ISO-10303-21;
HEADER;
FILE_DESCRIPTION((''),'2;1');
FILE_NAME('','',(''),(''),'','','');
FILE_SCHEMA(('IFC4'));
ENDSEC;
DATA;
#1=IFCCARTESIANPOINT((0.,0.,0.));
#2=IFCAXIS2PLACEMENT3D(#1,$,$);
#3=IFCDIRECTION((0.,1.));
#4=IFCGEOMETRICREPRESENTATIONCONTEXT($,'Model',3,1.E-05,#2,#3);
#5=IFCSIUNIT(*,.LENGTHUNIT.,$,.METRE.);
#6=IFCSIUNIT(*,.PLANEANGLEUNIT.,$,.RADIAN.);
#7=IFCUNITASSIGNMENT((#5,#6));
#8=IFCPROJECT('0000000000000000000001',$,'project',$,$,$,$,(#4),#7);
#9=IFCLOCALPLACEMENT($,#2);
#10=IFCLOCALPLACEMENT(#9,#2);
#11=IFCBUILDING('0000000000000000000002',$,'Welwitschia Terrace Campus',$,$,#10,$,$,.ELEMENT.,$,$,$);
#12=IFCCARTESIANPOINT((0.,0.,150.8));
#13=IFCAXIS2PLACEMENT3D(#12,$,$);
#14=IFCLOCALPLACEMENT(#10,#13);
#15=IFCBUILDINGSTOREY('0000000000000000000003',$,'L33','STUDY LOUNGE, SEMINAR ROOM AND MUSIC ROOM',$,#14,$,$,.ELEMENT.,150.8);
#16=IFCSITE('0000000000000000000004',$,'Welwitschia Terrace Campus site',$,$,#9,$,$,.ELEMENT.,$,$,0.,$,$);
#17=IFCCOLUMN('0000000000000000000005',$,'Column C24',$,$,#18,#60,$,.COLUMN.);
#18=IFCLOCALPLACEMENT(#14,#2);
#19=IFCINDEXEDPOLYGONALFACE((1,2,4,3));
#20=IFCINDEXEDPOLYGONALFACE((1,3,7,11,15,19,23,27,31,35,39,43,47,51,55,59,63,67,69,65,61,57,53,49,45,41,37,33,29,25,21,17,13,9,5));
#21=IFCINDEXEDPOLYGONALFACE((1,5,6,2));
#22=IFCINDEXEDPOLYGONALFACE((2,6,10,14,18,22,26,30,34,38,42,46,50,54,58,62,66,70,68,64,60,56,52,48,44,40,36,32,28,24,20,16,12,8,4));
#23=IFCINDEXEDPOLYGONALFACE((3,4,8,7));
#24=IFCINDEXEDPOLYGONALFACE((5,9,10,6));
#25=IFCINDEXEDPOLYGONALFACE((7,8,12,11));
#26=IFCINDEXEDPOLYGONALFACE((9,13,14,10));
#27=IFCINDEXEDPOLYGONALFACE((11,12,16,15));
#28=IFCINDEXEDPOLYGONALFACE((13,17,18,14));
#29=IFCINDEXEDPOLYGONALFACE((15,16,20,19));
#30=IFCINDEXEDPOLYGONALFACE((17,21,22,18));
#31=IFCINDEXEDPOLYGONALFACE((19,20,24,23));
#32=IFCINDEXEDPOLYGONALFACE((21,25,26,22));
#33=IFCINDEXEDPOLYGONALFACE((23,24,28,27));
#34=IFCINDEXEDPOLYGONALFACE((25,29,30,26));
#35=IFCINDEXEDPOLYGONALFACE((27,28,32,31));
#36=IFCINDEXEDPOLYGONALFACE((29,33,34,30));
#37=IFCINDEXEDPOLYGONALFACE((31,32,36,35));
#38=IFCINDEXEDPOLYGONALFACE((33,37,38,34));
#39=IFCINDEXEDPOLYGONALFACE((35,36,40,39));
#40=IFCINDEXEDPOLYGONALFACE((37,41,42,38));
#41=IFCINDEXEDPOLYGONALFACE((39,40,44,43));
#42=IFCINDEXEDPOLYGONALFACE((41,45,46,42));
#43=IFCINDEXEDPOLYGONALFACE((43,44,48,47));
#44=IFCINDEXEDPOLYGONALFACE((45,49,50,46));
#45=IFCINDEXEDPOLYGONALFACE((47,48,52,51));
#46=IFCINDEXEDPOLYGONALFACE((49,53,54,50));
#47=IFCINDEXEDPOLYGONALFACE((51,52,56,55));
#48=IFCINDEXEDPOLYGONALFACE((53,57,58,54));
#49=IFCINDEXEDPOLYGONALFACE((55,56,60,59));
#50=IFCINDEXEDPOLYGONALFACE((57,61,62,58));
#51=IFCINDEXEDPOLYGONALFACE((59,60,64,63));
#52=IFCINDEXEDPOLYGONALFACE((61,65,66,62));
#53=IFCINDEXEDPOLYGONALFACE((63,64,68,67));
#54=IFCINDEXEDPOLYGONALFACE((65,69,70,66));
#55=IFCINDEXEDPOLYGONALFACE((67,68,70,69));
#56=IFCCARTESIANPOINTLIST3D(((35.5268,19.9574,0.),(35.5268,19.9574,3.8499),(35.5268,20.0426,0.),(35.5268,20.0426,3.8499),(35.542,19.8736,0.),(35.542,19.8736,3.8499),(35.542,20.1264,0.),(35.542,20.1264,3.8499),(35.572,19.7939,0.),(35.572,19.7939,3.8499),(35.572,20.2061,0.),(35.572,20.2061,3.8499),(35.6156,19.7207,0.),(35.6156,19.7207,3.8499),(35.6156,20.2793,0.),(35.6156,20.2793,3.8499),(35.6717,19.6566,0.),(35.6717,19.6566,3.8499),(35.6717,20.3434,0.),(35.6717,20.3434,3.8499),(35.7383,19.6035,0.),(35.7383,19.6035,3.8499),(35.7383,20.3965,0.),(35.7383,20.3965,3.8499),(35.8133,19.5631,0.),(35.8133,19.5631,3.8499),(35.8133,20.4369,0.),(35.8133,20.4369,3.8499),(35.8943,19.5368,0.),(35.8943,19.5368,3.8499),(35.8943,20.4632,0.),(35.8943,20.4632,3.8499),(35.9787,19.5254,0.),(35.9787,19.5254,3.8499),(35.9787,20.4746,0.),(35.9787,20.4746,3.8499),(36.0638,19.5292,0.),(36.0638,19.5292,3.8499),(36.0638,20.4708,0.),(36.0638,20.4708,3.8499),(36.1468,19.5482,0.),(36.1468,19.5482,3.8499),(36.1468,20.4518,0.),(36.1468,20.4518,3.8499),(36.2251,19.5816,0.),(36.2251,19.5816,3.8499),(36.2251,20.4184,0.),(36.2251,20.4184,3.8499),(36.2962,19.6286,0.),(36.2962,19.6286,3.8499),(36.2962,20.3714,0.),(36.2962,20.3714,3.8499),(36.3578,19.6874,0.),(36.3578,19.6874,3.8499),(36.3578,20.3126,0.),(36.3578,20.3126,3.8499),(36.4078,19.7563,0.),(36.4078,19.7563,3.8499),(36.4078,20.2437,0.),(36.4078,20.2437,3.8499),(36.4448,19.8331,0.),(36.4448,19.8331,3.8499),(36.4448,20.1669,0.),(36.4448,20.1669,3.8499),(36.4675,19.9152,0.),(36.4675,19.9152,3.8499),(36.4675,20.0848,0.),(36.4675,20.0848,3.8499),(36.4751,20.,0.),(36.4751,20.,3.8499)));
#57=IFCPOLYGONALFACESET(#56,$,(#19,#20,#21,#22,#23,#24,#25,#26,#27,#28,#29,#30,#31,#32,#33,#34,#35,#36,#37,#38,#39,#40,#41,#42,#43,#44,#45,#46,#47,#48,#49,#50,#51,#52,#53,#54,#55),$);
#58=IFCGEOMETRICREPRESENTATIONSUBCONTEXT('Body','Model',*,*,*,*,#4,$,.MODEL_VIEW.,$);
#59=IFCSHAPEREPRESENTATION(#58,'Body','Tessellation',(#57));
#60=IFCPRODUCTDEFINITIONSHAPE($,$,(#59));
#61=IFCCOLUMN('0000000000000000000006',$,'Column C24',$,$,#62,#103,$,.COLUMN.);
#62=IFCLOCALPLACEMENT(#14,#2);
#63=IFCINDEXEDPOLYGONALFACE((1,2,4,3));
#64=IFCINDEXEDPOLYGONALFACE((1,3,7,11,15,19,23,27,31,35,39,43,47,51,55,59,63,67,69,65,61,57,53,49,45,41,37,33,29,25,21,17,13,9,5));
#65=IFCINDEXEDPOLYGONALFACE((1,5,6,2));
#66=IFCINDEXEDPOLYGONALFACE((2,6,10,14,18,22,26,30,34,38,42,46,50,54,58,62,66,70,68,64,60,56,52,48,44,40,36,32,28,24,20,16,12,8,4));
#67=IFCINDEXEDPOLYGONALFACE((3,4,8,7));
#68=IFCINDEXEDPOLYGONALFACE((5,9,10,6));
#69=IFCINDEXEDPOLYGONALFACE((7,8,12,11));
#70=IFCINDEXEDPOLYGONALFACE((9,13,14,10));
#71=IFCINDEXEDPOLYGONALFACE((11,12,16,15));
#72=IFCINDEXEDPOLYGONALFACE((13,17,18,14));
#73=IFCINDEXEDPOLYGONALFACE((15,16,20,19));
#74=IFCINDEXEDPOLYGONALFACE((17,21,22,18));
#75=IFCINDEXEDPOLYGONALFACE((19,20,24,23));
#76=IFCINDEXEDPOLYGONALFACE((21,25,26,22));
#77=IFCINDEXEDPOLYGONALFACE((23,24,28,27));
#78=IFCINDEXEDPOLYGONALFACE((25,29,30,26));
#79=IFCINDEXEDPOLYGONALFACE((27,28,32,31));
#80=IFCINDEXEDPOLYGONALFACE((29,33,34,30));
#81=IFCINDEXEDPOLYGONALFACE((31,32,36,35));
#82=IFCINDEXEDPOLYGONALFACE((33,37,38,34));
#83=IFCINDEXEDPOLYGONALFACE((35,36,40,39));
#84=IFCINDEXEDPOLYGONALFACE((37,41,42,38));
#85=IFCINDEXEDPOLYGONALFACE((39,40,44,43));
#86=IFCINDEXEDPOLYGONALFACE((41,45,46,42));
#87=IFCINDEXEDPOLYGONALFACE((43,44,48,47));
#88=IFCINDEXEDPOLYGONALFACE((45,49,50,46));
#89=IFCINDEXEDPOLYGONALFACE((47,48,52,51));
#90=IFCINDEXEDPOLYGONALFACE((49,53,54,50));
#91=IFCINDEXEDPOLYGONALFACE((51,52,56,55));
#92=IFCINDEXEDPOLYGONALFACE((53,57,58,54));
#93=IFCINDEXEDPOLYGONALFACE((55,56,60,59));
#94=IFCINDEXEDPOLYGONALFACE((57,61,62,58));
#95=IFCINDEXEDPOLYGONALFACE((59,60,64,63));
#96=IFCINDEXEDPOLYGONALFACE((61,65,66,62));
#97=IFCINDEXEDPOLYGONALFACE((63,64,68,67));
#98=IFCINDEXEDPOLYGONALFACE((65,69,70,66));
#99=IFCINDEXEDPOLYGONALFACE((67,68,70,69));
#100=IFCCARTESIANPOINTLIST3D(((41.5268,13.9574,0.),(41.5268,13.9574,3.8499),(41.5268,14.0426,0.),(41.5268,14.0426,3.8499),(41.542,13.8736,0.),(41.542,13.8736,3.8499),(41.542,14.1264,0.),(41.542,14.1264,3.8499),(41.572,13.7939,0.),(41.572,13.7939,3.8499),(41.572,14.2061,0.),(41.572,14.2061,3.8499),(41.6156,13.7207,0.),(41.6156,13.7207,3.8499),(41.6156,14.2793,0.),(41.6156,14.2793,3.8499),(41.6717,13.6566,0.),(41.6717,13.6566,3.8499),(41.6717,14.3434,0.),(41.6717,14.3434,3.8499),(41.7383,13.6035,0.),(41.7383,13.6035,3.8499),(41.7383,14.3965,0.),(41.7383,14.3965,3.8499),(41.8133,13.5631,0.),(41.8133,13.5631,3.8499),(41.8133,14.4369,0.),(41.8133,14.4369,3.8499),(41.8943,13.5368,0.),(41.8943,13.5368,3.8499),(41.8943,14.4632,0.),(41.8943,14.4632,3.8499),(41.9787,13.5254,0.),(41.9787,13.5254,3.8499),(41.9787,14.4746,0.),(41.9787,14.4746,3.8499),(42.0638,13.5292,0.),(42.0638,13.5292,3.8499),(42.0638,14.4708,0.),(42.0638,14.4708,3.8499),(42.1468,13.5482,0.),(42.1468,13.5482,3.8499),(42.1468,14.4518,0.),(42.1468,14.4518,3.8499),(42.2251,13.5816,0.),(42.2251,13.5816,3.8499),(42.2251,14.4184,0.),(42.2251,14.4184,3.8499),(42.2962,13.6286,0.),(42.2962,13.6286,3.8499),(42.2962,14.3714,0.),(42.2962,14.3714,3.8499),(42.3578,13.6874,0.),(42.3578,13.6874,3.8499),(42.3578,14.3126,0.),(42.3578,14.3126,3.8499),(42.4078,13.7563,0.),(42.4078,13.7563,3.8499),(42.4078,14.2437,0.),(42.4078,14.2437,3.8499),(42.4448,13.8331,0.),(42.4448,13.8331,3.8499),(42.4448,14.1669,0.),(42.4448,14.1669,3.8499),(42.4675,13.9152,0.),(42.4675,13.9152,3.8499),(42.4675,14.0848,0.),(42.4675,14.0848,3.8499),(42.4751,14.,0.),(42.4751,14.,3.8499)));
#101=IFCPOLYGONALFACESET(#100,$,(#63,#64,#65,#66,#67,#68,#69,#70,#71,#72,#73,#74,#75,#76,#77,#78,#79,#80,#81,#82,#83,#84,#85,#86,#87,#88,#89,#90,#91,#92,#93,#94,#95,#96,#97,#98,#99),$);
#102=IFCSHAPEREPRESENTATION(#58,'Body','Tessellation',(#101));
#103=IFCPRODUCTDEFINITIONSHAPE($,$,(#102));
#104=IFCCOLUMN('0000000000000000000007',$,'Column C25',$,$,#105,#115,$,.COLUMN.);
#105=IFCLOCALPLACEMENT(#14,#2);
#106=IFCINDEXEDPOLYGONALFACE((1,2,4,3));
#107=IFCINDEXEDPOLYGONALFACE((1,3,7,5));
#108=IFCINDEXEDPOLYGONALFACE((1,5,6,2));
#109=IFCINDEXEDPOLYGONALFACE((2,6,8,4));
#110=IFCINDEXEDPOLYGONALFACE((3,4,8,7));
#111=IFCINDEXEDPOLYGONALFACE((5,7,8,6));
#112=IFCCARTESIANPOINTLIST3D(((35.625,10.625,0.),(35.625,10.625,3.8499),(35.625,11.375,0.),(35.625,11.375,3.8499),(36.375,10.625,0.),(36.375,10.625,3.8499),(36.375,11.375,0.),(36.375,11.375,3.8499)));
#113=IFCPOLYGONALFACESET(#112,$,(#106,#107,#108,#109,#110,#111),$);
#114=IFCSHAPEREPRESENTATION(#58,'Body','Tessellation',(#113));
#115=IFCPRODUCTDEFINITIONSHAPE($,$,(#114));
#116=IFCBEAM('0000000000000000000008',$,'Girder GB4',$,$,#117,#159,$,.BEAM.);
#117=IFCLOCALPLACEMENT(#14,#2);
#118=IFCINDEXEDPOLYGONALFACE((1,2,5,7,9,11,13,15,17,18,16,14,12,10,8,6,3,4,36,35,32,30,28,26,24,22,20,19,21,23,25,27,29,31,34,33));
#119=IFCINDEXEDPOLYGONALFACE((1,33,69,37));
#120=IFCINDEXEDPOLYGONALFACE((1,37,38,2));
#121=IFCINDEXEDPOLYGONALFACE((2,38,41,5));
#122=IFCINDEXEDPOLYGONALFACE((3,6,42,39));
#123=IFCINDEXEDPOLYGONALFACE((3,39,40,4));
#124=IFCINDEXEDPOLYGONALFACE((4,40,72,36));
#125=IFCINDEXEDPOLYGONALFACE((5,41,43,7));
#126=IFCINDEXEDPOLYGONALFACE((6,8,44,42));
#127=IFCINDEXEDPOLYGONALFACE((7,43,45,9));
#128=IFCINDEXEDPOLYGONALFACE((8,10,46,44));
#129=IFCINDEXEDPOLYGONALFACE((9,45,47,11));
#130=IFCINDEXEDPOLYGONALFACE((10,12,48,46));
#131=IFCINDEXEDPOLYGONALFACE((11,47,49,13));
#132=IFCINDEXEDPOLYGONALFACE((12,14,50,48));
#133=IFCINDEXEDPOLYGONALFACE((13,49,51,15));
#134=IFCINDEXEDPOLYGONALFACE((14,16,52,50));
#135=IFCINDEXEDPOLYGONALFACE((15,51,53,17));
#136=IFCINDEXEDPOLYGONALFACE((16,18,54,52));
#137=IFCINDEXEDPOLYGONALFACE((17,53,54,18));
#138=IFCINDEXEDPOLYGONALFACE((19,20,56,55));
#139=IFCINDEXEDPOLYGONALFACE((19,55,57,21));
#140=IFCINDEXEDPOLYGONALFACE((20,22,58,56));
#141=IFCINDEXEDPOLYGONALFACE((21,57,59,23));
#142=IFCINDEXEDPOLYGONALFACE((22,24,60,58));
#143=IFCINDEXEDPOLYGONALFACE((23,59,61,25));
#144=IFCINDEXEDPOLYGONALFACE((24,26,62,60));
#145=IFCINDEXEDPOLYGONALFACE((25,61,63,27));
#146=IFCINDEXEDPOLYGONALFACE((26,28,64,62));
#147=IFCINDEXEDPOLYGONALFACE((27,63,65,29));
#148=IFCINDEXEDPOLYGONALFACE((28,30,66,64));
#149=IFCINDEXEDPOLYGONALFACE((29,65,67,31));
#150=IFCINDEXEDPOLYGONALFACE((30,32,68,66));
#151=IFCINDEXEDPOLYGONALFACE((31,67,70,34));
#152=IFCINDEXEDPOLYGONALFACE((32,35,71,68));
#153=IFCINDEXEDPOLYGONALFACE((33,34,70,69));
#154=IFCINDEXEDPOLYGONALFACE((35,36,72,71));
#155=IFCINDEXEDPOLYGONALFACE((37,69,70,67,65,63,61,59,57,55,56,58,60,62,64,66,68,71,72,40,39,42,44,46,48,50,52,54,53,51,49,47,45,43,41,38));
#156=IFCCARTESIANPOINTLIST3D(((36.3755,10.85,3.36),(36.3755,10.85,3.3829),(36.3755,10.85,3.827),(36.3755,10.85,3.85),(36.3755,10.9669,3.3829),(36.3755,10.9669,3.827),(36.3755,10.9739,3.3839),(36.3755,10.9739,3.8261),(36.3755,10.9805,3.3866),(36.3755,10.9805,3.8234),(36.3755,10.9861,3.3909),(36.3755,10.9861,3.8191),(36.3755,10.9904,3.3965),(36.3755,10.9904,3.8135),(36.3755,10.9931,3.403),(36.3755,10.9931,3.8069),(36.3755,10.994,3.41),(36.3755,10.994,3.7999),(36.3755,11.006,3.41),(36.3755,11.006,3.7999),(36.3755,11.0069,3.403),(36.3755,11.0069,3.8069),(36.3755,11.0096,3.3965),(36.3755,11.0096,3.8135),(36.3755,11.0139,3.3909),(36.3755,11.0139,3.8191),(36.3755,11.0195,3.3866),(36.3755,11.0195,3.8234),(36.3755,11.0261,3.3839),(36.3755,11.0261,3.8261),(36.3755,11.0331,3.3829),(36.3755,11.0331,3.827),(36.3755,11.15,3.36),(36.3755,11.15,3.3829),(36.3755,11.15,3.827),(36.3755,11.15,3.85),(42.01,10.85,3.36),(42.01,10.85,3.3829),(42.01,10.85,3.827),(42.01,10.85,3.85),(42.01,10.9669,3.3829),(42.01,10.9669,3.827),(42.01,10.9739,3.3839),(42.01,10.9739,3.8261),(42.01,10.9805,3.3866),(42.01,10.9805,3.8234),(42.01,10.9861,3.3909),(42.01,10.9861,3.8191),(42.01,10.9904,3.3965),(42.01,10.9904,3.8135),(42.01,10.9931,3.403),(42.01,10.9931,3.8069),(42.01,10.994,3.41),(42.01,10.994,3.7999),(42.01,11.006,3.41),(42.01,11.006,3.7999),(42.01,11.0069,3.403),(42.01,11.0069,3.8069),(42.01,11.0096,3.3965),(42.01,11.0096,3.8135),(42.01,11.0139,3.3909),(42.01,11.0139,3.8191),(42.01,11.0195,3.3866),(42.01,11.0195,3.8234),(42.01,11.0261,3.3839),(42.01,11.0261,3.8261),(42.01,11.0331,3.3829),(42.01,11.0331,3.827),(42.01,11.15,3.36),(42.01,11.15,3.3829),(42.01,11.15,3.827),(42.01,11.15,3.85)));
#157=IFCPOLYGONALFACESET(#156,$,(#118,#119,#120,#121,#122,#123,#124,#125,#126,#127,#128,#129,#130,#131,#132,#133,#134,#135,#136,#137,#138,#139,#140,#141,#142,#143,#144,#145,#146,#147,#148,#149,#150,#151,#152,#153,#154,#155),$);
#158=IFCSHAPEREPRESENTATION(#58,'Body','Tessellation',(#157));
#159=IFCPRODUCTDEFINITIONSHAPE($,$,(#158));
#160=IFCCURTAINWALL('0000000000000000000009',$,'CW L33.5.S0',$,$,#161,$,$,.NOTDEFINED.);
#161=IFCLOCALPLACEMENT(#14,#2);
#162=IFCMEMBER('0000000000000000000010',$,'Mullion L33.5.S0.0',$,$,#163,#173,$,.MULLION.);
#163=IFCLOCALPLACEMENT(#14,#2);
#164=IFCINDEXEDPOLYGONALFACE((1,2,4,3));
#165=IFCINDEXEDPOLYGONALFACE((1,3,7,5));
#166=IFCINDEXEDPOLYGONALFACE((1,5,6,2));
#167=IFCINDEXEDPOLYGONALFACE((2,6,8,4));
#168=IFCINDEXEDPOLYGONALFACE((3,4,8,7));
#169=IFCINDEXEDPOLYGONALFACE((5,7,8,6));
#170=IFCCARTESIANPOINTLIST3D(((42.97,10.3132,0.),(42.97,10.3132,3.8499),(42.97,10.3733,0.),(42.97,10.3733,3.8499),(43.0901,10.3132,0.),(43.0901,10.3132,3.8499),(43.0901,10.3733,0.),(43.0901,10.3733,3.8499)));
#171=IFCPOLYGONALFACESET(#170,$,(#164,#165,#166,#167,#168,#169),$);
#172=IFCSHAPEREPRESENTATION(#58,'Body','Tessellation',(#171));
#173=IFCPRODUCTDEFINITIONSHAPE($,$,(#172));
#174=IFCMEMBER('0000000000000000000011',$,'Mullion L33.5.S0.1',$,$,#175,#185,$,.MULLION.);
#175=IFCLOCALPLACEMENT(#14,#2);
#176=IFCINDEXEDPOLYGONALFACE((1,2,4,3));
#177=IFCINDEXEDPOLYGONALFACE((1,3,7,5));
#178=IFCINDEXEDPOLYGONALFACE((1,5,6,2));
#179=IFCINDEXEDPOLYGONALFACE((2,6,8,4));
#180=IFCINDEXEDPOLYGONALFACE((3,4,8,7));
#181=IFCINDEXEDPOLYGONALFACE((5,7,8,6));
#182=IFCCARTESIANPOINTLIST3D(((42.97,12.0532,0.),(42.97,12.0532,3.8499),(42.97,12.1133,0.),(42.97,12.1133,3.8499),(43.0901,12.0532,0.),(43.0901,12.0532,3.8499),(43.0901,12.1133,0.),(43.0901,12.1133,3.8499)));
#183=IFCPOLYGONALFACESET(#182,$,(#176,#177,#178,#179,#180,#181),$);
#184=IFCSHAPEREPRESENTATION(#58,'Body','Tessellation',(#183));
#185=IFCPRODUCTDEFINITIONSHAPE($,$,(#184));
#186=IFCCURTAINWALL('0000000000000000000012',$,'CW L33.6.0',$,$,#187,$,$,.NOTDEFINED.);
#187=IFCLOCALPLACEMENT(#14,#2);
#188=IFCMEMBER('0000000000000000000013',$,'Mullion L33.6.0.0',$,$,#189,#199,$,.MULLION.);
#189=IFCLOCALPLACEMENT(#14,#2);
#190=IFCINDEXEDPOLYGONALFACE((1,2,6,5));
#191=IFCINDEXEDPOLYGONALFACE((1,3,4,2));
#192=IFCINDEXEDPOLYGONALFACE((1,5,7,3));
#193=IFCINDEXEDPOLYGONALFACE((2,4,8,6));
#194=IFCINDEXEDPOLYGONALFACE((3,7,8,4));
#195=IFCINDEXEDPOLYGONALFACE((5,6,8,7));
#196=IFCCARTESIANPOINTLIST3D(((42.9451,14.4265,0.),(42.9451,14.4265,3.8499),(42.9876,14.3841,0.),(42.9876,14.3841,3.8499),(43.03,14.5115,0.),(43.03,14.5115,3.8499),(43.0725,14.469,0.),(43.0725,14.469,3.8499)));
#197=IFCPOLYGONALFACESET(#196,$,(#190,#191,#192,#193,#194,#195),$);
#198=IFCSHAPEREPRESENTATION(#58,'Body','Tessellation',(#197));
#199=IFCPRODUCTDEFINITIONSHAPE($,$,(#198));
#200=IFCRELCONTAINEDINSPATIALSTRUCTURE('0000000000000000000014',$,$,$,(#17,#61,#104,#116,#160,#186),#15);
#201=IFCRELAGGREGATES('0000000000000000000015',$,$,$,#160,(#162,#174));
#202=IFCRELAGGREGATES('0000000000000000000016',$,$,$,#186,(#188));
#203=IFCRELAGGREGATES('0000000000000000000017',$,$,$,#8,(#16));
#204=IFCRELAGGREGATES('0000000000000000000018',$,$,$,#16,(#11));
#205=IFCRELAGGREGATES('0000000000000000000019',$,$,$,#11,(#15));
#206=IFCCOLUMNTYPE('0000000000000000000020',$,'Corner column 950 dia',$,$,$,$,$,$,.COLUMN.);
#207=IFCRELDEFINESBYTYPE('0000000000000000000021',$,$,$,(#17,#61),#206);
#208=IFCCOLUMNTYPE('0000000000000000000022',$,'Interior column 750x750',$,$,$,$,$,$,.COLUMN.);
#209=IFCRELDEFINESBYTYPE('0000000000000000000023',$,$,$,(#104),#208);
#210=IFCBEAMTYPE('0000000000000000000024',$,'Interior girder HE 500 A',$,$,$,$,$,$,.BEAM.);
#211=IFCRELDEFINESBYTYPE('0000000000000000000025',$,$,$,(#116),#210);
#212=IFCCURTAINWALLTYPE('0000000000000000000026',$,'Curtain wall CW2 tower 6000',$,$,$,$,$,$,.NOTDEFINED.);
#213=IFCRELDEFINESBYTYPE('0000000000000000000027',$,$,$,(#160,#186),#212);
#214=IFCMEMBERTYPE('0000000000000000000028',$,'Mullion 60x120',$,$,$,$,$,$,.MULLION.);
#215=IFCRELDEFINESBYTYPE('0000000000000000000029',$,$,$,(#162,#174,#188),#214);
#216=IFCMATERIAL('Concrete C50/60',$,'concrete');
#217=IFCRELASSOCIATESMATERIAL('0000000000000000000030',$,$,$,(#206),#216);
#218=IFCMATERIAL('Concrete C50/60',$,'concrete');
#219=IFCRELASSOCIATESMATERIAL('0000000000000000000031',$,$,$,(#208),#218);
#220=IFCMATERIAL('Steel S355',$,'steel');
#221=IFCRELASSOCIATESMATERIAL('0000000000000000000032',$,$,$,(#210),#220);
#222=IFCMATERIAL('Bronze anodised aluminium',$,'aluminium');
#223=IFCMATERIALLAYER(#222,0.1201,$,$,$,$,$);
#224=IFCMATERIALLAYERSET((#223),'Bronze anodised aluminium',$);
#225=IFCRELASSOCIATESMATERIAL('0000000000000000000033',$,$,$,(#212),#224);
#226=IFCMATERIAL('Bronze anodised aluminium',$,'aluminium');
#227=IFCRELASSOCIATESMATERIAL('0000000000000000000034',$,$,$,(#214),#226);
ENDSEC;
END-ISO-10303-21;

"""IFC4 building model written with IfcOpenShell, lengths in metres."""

from ifc_helpers import new_model, si_unit, direction, frame, origin, origin_2d, place, context, subcontext, project, spatial, rectangle, circle, i_section, extrude, material, layer, layer_set, material_profile, profile_set, type_object, element, aggregate, save


model = new_model("IFC4")

# Units and contexts
model_context = context("Model", 3, precision=1e-05, world=origin(), true_north=direction((0.0, 1.0)))
body_context = subcontext(model_context, "Body", "Model", "MODEL_VIEW")
ifc_project = project(units=[si_unit("LENGTHUNIT", "METRE"), si_unit("PLANEANGLEUNIT", "RADIAN")], contexts=[model_context])

# Site, building, storey
site_placement = place(None, origin())
site = spatial("IfcSite", under=ifc_project, at=site_placement, Name="Welwitschia Terrace Campus site", CompositionType="ELEMENT", RefElevation=0.0)
building_placement = place(site_placement, origin())
building = spatial("IfcBuilding", under=site, at=building_placement, Name="Welwitschia Terrace Campus", CompositionType="ELEMENT")
storey_placement = place(building_placement, frame((0.0, 0.0, 150.8)))
storey = spatial("IfcBuildingStorey", under=building, at=storey_placement, Name="L33", Description="STUDY LOUNGE, SEMINAR ROOM AND MUSIC ROOM", CompositionType="ELEMENT", Elevation=150.8)

# Columns
ifc_material_1 = material(Name="Concrete C50/60", Category="concrete")
ifc_material_profile_1 = material_profile(ifc_material_1, circle(Radius=0.4751, at=origin_2d()))
ifc_profile_set_1 = profile_set([ifc_material_profile_1], Name="Concrete C50/60")
column_type_1 = type_object("IfcColumnType", Name="Corner column 950 dia", PredefinedType="COLUMN", material=ifc_profile_set_1)
for number, where, z_axis, x_axis, name in (
    (1, (36.0, 20.0, 0.0), (0.0, 0.0, 1.0), (1.0, 0.0, 0.0), "Column C24"),
    (2, (42.0, 14.0, 0.0), (0.0, 0.0, 1.0), (1.0, 0.0, 0.0), "Column C24"),
):
    element("IfcColumn", number, at=place(storey_placement, frame(where, z_axis=z_axis, x_axis=x_axis)), inside=storey, type_object=column_type_1, Name=name, PredefinedType="COLUMN", context=body_context, shape_type="SweptSolid", body=[
        extrude(circle(Radius=0.4751, at=origin_2d()), origin(), (0.0, 0.0, 1.0), 3.8499),
    ])
ifc_material_2 = material(Name="Concrete C50/60", Category="concrete")
ifc_material_profile_2 = material_profile(ifc_material_2, rectangle(XDim=0.75, YDim=0.75, at=origin_2d()))
ifc_profile_set_2 = profile_set([ifc_material_profile_2], Name="Concrete C50/60")
column_type_2 = type_object("IfcColumnType", Name="Interior column 750x750", PredefinedType="COLUMN", material=ifc_profile_set_2)
column_placement = place(storey_placement, frame((36.0, 11.0, 0.0), z_axis=(0.0, 0.0, 1.0), x_axis=(1.0, 0.0, 0.0)))
element("IfcColumn", 3, at=column_placement, inside=storey, type_object=column_type_2, Name="Column C25", PredefinedType="COLUMN", context=body_context, shape_type="SweptSolid", body=[
    extrude(rectangle(XDim=0.75, YDim=0.75, at=origin_2d()), origin(), (0.0, 0.0, 1.0), 3.8499),
])

# Beam
ifc_material_3 = material(Name="Steel S355", Category="steel")
ifc_material_profile_3 = material_profile(ifc_material_3, i_section(OverallWidth=0.3, OverallDepth=0.49, WebThickness=0.012, FlangeThickness=0.0229, FilletRadius=0.0271, at=origin_2d()))
ifc_profile_set_3 = profile_set([ifc_material_profile_3], Name="Steel S355")
beam_type_1 = type_object("IfcBeamType", Name="Interior girder HE 500 A", PredefinedType="BEAM", material=ifc_profile_set_3)
beam_1_placement = place(storey_placement, frame((36.3755, 11.0, 3.605), z_axis=(1.0, 0.0, 0.0), x_axis=(0.0, 1.0, 0.0)))
element("IfcBeam", 4, at=beam_1_placement, inside=storey, type_object=beam_type_1, Name="Girder GB4", PredefinedType="BEAM", context=body_context, shape_type="SweptSolid", body=[
    extrude(i_section(OverallWidth=0.3, OverallDepth=0.49, WebThickness=0.012, FlangeThickness=0.0229, FilletRadius=0.0271, at=origin_2d()), origin(), (0.0, 0.0, 1.0), 5.6345),
])

# Curtain walls, members
ifc_material_4 = material(Name="Bronze anodised aluminium", Category="aluminium")
ifc_layer_1 = layer(ifc_material_4, 0.1201)
ifc_layer_set_1 = layer_set([ifc_layer_1], Name="Bronze anodised aluminium")
curtain_wall_type = type_object("IfcCurtainWallType", Name="Curtain wall CW2 tower 6000", PredefinedType="NOTDEFINED", material=ifc_layer_set_1)
curtain_wall_1_placement = place(storey_placement, origin())
curtain_wall_1 = element("IfcCurtainWall", 5, at=curtain_wall_1_placement, inside=storey, type_object=curtain_wall_type, Name="CW L33.5.S0", PredefinedType="NOTDEFINED")
ifc_material_5 = material(Name="Bronze anodised aluminium", Category="aluminium")
ifc_material_profile_4 = material_profile(ifc_material_5, rectangle(XDim=0.1201, YDim=0.0601, at=origin_2d()))
ifc_profile_set_4 = profile_set([ifc_material_profile_4], Name="Bronze anodised aluminium")
member_type_1 = type_object("IfcMemberType", Name="Mullion 60x120", PredefinedType="MULLION", material=ifc_profile_set_4)
member_1_placement = place(storey_placement, frame((43.03, 10.3433, 0.0), z_axis=(0.0, 0.0, 1.0), x_axis=(-1.0, 0.0, 0.0)))
member_1 = element("IfcMember", 6, at=member_1_placement, type_object=member_type_1, Name="Mullion L33.5.S0.0", PredefinedType="MULLION", context=body_context, shape_type="SweptSolid", body=[
    extrude(rectangle(XDim=0.1201, YDim=0.0601, at=origin_2d()), origin(), (0.0, 0.0, 1.0), 3.8499),
])
member_2_placement = place(storey_placement, frame((43.03, 12.0833, 0.0), z_axis=(0.0, 0.0, 1.0), x_axis=(-1.0, 0.0, 0.0)))
member_2 = element("IfcMember", 7, at=member_2_placement, type_object=member_type_1, Name="Mullion L33.5.S0.1", PredefinedType="MULLION", context=body_context, shape_type="SweptSolid", body=[
    extrude(rectangle(XDim=0.1201, YDim=0.0601, at=origin_2d()), origin(), (0.0, 0.0, 1.0), 3.8499),
])
curtain_wall_2_placement = place(storey_placement, origin())
curtain_wall_2 = element("IfcCurtainWall", 8, at=curtain_wall_2_placement, inside=storey, type_object=curtain_wall_type, Name="CW L33.6.0", PredefinedType="NOTDEFINED")
member_3_placement = place(storey_placement, frame((43.0088, 14.4478, 0.0), z_axis=(0.0, 0.0, 1.0), x_axis=(-0.707107, -0.707107, 0.0)))
member_3 = element("IfcMember", 9, at=member_3_placement, type_object=member_type_1, Name="Mullion L33.6.0.0", PredefinedType="MULLION", context=body_context, shape_type="SweptSolid", body=[
    extrude(rectangle(XDim=0.1201, YDim=0.0601, at=origin_2d()), origin(), (0.0, 0.0, 1.0), 3.8499),
])

aggregate(curtain_wall_1, [member_1, member_2])
aggregate(curtain_wall_2, [member_3])

save(model, "model.ifc")
